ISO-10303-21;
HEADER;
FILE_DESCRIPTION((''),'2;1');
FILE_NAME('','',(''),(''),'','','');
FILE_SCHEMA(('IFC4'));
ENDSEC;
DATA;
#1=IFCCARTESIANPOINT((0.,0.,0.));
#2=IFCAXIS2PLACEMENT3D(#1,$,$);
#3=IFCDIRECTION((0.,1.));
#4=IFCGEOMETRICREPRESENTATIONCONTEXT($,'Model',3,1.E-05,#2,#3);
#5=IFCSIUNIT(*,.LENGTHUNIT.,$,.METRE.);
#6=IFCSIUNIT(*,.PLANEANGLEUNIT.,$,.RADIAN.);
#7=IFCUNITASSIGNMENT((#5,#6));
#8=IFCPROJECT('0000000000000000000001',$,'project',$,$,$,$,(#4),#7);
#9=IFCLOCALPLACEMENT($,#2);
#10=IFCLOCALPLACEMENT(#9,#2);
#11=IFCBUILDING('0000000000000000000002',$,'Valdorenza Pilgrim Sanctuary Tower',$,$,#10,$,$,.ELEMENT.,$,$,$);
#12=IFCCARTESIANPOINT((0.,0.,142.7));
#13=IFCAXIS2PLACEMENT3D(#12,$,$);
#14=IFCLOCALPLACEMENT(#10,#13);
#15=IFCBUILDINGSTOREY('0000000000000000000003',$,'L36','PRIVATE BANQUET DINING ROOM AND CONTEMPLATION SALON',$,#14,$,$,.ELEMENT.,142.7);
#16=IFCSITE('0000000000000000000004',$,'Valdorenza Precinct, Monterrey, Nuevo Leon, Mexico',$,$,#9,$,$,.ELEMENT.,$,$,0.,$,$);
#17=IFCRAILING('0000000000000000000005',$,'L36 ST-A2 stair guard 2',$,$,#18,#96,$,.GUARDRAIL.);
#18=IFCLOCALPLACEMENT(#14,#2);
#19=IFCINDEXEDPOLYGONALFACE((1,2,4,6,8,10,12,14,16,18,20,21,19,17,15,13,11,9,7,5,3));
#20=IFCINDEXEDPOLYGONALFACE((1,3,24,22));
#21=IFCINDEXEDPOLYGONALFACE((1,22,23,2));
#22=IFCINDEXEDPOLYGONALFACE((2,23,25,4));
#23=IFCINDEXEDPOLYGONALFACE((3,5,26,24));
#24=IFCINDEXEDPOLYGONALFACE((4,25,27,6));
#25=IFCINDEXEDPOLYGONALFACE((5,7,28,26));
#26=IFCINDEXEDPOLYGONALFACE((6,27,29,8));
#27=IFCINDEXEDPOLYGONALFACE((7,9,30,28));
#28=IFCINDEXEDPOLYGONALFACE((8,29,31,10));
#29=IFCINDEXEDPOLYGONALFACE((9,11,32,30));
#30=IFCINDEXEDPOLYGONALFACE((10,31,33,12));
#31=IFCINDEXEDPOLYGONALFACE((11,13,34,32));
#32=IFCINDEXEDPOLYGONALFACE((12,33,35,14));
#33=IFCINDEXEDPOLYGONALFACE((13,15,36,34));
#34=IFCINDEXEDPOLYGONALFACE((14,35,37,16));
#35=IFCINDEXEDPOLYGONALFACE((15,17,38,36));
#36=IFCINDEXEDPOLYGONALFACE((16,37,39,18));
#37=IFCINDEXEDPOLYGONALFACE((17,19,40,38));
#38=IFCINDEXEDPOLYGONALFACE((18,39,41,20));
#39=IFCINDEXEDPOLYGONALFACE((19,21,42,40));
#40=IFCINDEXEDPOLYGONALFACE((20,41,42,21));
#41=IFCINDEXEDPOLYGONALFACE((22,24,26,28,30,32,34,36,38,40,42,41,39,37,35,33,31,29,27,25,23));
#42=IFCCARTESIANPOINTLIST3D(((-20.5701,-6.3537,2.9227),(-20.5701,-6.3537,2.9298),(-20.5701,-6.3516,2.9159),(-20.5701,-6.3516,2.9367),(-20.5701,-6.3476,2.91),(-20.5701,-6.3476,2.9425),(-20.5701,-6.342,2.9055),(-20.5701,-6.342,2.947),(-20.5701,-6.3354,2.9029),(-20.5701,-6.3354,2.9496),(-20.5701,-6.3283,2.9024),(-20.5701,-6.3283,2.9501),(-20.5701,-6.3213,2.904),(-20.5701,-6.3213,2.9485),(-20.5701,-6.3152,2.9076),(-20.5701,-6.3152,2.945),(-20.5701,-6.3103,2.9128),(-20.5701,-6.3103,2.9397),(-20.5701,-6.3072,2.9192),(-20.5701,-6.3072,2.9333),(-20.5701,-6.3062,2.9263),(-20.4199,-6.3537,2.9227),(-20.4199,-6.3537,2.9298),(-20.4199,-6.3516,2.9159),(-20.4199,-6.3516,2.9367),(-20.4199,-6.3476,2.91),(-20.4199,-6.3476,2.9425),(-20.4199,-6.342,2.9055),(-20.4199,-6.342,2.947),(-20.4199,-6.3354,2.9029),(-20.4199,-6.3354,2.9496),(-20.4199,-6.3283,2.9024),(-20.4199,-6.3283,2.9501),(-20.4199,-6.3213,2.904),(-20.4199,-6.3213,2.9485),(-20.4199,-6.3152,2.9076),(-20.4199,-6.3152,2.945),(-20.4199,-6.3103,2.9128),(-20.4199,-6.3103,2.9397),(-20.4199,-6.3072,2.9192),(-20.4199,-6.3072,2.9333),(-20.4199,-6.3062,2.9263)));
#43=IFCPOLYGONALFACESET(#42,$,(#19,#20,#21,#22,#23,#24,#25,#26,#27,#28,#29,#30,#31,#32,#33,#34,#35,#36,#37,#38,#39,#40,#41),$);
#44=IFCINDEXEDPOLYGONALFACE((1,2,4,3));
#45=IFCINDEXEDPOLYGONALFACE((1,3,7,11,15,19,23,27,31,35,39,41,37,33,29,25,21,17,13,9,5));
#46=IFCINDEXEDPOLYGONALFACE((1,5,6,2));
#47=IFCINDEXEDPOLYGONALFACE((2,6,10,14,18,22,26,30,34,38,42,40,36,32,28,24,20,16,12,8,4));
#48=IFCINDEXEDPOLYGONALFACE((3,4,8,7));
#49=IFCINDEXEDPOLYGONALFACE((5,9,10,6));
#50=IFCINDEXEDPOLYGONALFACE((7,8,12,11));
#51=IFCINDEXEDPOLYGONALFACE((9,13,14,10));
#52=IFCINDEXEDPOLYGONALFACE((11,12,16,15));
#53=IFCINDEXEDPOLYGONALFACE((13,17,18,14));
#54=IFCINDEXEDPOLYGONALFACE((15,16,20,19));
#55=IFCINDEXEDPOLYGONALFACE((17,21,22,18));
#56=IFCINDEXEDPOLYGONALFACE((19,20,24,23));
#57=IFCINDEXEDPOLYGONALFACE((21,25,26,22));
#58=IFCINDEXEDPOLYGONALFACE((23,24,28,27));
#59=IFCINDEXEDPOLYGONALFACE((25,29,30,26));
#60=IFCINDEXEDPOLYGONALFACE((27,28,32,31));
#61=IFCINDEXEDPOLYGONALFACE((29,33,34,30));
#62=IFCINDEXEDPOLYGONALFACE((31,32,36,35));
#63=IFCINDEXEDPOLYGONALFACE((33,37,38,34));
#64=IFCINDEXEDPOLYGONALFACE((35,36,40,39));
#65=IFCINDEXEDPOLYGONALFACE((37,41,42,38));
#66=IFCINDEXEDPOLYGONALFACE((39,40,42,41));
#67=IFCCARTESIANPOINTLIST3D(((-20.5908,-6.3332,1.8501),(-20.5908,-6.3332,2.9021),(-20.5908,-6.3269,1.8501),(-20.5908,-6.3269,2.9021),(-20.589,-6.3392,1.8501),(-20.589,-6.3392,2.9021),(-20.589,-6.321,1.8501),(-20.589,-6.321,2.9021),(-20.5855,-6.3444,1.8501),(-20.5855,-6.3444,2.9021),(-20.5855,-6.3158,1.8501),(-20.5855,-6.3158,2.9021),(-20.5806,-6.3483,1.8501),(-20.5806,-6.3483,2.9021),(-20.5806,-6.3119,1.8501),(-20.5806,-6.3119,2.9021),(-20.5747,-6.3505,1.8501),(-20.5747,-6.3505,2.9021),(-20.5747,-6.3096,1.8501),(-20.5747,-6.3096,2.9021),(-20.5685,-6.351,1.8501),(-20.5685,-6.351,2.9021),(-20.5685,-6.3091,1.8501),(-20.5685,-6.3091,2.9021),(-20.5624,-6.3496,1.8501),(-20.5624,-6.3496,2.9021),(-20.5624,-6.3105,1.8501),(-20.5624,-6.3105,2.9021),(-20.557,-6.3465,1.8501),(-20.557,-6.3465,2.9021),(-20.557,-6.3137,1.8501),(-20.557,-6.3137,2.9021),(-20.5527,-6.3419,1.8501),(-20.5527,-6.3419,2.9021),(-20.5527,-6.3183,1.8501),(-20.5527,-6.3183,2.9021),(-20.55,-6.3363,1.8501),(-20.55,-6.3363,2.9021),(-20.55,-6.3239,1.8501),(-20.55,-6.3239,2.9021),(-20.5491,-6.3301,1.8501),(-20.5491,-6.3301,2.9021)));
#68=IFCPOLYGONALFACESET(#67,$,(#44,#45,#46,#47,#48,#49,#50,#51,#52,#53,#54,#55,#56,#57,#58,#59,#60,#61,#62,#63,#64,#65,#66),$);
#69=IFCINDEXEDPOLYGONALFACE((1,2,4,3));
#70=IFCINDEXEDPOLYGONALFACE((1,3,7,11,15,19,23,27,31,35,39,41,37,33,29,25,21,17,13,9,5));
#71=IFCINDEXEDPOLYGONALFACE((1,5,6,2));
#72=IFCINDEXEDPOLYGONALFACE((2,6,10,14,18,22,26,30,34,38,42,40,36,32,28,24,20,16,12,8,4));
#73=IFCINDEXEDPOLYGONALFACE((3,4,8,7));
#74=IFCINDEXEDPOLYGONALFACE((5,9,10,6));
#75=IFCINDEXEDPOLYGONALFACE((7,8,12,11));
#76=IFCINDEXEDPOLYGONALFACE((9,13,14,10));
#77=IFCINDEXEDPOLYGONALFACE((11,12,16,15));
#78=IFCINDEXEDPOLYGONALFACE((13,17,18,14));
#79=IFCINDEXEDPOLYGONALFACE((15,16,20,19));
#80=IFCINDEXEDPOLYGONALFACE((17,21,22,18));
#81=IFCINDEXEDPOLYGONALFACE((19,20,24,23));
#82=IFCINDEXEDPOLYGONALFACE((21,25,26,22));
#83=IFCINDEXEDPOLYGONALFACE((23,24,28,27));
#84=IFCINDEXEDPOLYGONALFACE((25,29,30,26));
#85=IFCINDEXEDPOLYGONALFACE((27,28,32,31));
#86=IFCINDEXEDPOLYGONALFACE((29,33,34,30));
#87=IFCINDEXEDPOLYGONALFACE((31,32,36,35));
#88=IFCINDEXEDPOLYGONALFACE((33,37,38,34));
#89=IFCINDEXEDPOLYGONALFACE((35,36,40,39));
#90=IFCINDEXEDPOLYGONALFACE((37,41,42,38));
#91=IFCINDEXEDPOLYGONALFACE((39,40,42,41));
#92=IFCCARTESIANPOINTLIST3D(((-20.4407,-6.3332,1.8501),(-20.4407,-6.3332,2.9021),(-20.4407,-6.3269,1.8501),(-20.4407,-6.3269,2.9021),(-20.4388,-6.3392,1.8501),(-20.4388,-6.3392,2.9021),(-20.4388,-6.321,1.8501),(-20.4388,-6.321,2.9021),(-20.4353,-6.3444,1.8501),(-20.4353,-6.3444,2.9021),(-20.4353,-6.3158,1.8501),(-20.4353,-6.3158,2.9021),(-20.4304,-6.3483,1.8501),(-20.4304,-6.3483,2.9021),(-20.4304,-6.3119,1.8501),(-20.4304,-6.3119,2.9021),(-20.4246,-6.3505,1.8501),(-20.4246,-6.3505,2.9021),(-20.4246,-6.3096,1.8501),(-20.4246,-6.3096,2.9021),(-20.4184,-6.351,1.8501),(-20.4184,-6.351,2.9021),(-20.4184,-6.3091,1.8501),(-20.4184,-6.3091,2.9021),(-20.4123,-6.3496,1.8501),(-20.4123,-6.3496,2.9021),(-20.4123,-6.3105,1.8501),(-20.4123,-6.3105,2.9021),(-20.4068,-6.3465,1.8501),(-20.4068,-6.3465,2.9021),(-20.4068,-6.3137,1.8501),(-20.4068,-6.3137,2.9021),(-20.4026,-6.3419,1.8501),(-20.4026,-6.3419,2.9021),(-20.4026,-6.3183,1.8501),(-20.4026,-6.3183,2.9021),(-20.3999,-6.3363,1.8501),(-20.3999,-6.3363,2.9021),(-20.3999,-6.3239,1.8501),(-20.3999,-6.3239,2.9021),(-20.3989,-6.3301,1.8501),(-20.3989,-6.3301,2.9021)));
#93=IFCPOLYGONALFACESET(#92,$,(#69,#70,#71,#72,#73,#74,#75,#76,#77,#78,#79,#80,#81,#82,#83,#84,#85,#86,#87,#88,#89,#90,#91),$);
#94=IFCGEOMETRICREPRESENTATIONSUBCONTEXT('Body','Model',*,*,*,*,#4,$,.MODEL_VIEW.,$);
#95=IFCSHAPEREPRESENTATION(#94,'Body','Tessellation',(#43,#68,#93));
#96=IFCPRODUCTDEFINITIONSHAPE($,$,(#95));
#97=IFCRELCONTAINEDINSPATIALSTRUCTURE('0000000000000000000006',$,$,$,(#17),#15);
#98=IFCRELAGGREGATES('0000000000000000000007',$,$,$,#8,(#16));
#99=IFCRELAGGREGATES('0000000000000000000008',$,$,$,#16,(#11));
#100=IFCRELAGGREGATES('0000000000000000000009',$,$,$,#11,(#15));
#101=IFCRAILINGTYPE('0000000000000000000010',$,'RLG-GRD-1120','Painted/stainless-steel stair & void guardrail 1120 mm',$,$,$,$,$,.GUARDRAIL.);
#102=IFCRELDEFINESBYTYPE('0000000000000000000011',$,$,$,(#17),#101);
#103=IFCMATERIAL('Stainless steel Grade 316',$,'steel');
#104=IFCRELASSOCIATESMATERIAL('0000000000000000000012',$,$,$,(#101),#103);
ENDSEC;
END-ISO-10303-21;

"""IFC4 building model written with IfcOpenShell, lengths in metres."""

from ifc_helpers import new_model, si_unit, direction, frame, origin, origin_2d, place, context, subcontext, project, spatial, circle, extrude, material, type_object, element, save


model = new_model("IFC4")

# Units and contexts
model_context = context("Model", 3, precision=1e-05, world=origin(), true_north=direction((0.0, 1.0)))
body_context = subcontext(model_context, "Body", "Model", "MODEL_VIEW")
ifc_project = project(units=[si_unit("LENGTHUNIT", "METRE"), si_unit("PLANEANGLEUNIT", "RADIAN")], contexts=[model_context])

# Site, building, storey
site_placement = place(None, origin())
site = spatial("IfcSite", under=ifc_project, at=site_placement, Name="Valdorenza Precinct, Monterrey, Nuevo Leon, Mexico", CompositionType="ELEMENT", RefElevation=0.0)
building_placement = place(site_placement, origin())
building = spatial("IfcBuilding", under=site, at=building_placement, Name="Valdorenza Pilgrim Sanctuary Tower", CompositionType="ELEMENT")
storey_placement = place(building_placement, frame((0.0, 0.0, 142.7)))
storey = spatial("IfcBuildingStorey", under=building, at=storey_placement, Name="L36", Description="PRIVATE BANQUET DINING ROOM AND CONTEMPLATION SALON", CompositionType="ELEMENT", Elevation=142.7)

# Railing
ifc_material_1 = material(Name="Stainless steel Grade 316", Category="steel")
railing_type_1 = type_object("IfcRailingType", Name="RLG-GRD-1120", Description="Painted/stainless-steel stair & void guardrail 1120 mm", PredefinedType="GUARDRAIL", material=ifc_material_1)
railing_1_placement = place(storey_placement, frame((-20.5701, -6.3301, 1.8501)))
element("IfcRailing", 1, at=railing_1_placement, inside=storey, type_object=railing_type_1, Name="L36 ST-A2 stair guard 2", PredefinedType="GUARDRAIL", context=body_context, shape_type="SweptSolid", body=[
    extrude(circle(Radius=0.0239, at=origin_2d()), frame((0.0, 0.0, 1.0762), z_axis=(1.0, 0.0, 0.0), x_axis=(0.0, 1.0, 0.0)), (0.0, 0.0, 1.0), 0.1501),
    extrude(circle(Radius=0.021, at=origin_2d()), origin(), (0.0, 0.0, 1.0), 1.052),
    extrude(circle(Radius=0.021, at=origin_2d()), frame((0.1501, 0.0, 0.0)), (0.0, 0.0, 1.0), 1.052),
])

save(model, "model.ifc")
